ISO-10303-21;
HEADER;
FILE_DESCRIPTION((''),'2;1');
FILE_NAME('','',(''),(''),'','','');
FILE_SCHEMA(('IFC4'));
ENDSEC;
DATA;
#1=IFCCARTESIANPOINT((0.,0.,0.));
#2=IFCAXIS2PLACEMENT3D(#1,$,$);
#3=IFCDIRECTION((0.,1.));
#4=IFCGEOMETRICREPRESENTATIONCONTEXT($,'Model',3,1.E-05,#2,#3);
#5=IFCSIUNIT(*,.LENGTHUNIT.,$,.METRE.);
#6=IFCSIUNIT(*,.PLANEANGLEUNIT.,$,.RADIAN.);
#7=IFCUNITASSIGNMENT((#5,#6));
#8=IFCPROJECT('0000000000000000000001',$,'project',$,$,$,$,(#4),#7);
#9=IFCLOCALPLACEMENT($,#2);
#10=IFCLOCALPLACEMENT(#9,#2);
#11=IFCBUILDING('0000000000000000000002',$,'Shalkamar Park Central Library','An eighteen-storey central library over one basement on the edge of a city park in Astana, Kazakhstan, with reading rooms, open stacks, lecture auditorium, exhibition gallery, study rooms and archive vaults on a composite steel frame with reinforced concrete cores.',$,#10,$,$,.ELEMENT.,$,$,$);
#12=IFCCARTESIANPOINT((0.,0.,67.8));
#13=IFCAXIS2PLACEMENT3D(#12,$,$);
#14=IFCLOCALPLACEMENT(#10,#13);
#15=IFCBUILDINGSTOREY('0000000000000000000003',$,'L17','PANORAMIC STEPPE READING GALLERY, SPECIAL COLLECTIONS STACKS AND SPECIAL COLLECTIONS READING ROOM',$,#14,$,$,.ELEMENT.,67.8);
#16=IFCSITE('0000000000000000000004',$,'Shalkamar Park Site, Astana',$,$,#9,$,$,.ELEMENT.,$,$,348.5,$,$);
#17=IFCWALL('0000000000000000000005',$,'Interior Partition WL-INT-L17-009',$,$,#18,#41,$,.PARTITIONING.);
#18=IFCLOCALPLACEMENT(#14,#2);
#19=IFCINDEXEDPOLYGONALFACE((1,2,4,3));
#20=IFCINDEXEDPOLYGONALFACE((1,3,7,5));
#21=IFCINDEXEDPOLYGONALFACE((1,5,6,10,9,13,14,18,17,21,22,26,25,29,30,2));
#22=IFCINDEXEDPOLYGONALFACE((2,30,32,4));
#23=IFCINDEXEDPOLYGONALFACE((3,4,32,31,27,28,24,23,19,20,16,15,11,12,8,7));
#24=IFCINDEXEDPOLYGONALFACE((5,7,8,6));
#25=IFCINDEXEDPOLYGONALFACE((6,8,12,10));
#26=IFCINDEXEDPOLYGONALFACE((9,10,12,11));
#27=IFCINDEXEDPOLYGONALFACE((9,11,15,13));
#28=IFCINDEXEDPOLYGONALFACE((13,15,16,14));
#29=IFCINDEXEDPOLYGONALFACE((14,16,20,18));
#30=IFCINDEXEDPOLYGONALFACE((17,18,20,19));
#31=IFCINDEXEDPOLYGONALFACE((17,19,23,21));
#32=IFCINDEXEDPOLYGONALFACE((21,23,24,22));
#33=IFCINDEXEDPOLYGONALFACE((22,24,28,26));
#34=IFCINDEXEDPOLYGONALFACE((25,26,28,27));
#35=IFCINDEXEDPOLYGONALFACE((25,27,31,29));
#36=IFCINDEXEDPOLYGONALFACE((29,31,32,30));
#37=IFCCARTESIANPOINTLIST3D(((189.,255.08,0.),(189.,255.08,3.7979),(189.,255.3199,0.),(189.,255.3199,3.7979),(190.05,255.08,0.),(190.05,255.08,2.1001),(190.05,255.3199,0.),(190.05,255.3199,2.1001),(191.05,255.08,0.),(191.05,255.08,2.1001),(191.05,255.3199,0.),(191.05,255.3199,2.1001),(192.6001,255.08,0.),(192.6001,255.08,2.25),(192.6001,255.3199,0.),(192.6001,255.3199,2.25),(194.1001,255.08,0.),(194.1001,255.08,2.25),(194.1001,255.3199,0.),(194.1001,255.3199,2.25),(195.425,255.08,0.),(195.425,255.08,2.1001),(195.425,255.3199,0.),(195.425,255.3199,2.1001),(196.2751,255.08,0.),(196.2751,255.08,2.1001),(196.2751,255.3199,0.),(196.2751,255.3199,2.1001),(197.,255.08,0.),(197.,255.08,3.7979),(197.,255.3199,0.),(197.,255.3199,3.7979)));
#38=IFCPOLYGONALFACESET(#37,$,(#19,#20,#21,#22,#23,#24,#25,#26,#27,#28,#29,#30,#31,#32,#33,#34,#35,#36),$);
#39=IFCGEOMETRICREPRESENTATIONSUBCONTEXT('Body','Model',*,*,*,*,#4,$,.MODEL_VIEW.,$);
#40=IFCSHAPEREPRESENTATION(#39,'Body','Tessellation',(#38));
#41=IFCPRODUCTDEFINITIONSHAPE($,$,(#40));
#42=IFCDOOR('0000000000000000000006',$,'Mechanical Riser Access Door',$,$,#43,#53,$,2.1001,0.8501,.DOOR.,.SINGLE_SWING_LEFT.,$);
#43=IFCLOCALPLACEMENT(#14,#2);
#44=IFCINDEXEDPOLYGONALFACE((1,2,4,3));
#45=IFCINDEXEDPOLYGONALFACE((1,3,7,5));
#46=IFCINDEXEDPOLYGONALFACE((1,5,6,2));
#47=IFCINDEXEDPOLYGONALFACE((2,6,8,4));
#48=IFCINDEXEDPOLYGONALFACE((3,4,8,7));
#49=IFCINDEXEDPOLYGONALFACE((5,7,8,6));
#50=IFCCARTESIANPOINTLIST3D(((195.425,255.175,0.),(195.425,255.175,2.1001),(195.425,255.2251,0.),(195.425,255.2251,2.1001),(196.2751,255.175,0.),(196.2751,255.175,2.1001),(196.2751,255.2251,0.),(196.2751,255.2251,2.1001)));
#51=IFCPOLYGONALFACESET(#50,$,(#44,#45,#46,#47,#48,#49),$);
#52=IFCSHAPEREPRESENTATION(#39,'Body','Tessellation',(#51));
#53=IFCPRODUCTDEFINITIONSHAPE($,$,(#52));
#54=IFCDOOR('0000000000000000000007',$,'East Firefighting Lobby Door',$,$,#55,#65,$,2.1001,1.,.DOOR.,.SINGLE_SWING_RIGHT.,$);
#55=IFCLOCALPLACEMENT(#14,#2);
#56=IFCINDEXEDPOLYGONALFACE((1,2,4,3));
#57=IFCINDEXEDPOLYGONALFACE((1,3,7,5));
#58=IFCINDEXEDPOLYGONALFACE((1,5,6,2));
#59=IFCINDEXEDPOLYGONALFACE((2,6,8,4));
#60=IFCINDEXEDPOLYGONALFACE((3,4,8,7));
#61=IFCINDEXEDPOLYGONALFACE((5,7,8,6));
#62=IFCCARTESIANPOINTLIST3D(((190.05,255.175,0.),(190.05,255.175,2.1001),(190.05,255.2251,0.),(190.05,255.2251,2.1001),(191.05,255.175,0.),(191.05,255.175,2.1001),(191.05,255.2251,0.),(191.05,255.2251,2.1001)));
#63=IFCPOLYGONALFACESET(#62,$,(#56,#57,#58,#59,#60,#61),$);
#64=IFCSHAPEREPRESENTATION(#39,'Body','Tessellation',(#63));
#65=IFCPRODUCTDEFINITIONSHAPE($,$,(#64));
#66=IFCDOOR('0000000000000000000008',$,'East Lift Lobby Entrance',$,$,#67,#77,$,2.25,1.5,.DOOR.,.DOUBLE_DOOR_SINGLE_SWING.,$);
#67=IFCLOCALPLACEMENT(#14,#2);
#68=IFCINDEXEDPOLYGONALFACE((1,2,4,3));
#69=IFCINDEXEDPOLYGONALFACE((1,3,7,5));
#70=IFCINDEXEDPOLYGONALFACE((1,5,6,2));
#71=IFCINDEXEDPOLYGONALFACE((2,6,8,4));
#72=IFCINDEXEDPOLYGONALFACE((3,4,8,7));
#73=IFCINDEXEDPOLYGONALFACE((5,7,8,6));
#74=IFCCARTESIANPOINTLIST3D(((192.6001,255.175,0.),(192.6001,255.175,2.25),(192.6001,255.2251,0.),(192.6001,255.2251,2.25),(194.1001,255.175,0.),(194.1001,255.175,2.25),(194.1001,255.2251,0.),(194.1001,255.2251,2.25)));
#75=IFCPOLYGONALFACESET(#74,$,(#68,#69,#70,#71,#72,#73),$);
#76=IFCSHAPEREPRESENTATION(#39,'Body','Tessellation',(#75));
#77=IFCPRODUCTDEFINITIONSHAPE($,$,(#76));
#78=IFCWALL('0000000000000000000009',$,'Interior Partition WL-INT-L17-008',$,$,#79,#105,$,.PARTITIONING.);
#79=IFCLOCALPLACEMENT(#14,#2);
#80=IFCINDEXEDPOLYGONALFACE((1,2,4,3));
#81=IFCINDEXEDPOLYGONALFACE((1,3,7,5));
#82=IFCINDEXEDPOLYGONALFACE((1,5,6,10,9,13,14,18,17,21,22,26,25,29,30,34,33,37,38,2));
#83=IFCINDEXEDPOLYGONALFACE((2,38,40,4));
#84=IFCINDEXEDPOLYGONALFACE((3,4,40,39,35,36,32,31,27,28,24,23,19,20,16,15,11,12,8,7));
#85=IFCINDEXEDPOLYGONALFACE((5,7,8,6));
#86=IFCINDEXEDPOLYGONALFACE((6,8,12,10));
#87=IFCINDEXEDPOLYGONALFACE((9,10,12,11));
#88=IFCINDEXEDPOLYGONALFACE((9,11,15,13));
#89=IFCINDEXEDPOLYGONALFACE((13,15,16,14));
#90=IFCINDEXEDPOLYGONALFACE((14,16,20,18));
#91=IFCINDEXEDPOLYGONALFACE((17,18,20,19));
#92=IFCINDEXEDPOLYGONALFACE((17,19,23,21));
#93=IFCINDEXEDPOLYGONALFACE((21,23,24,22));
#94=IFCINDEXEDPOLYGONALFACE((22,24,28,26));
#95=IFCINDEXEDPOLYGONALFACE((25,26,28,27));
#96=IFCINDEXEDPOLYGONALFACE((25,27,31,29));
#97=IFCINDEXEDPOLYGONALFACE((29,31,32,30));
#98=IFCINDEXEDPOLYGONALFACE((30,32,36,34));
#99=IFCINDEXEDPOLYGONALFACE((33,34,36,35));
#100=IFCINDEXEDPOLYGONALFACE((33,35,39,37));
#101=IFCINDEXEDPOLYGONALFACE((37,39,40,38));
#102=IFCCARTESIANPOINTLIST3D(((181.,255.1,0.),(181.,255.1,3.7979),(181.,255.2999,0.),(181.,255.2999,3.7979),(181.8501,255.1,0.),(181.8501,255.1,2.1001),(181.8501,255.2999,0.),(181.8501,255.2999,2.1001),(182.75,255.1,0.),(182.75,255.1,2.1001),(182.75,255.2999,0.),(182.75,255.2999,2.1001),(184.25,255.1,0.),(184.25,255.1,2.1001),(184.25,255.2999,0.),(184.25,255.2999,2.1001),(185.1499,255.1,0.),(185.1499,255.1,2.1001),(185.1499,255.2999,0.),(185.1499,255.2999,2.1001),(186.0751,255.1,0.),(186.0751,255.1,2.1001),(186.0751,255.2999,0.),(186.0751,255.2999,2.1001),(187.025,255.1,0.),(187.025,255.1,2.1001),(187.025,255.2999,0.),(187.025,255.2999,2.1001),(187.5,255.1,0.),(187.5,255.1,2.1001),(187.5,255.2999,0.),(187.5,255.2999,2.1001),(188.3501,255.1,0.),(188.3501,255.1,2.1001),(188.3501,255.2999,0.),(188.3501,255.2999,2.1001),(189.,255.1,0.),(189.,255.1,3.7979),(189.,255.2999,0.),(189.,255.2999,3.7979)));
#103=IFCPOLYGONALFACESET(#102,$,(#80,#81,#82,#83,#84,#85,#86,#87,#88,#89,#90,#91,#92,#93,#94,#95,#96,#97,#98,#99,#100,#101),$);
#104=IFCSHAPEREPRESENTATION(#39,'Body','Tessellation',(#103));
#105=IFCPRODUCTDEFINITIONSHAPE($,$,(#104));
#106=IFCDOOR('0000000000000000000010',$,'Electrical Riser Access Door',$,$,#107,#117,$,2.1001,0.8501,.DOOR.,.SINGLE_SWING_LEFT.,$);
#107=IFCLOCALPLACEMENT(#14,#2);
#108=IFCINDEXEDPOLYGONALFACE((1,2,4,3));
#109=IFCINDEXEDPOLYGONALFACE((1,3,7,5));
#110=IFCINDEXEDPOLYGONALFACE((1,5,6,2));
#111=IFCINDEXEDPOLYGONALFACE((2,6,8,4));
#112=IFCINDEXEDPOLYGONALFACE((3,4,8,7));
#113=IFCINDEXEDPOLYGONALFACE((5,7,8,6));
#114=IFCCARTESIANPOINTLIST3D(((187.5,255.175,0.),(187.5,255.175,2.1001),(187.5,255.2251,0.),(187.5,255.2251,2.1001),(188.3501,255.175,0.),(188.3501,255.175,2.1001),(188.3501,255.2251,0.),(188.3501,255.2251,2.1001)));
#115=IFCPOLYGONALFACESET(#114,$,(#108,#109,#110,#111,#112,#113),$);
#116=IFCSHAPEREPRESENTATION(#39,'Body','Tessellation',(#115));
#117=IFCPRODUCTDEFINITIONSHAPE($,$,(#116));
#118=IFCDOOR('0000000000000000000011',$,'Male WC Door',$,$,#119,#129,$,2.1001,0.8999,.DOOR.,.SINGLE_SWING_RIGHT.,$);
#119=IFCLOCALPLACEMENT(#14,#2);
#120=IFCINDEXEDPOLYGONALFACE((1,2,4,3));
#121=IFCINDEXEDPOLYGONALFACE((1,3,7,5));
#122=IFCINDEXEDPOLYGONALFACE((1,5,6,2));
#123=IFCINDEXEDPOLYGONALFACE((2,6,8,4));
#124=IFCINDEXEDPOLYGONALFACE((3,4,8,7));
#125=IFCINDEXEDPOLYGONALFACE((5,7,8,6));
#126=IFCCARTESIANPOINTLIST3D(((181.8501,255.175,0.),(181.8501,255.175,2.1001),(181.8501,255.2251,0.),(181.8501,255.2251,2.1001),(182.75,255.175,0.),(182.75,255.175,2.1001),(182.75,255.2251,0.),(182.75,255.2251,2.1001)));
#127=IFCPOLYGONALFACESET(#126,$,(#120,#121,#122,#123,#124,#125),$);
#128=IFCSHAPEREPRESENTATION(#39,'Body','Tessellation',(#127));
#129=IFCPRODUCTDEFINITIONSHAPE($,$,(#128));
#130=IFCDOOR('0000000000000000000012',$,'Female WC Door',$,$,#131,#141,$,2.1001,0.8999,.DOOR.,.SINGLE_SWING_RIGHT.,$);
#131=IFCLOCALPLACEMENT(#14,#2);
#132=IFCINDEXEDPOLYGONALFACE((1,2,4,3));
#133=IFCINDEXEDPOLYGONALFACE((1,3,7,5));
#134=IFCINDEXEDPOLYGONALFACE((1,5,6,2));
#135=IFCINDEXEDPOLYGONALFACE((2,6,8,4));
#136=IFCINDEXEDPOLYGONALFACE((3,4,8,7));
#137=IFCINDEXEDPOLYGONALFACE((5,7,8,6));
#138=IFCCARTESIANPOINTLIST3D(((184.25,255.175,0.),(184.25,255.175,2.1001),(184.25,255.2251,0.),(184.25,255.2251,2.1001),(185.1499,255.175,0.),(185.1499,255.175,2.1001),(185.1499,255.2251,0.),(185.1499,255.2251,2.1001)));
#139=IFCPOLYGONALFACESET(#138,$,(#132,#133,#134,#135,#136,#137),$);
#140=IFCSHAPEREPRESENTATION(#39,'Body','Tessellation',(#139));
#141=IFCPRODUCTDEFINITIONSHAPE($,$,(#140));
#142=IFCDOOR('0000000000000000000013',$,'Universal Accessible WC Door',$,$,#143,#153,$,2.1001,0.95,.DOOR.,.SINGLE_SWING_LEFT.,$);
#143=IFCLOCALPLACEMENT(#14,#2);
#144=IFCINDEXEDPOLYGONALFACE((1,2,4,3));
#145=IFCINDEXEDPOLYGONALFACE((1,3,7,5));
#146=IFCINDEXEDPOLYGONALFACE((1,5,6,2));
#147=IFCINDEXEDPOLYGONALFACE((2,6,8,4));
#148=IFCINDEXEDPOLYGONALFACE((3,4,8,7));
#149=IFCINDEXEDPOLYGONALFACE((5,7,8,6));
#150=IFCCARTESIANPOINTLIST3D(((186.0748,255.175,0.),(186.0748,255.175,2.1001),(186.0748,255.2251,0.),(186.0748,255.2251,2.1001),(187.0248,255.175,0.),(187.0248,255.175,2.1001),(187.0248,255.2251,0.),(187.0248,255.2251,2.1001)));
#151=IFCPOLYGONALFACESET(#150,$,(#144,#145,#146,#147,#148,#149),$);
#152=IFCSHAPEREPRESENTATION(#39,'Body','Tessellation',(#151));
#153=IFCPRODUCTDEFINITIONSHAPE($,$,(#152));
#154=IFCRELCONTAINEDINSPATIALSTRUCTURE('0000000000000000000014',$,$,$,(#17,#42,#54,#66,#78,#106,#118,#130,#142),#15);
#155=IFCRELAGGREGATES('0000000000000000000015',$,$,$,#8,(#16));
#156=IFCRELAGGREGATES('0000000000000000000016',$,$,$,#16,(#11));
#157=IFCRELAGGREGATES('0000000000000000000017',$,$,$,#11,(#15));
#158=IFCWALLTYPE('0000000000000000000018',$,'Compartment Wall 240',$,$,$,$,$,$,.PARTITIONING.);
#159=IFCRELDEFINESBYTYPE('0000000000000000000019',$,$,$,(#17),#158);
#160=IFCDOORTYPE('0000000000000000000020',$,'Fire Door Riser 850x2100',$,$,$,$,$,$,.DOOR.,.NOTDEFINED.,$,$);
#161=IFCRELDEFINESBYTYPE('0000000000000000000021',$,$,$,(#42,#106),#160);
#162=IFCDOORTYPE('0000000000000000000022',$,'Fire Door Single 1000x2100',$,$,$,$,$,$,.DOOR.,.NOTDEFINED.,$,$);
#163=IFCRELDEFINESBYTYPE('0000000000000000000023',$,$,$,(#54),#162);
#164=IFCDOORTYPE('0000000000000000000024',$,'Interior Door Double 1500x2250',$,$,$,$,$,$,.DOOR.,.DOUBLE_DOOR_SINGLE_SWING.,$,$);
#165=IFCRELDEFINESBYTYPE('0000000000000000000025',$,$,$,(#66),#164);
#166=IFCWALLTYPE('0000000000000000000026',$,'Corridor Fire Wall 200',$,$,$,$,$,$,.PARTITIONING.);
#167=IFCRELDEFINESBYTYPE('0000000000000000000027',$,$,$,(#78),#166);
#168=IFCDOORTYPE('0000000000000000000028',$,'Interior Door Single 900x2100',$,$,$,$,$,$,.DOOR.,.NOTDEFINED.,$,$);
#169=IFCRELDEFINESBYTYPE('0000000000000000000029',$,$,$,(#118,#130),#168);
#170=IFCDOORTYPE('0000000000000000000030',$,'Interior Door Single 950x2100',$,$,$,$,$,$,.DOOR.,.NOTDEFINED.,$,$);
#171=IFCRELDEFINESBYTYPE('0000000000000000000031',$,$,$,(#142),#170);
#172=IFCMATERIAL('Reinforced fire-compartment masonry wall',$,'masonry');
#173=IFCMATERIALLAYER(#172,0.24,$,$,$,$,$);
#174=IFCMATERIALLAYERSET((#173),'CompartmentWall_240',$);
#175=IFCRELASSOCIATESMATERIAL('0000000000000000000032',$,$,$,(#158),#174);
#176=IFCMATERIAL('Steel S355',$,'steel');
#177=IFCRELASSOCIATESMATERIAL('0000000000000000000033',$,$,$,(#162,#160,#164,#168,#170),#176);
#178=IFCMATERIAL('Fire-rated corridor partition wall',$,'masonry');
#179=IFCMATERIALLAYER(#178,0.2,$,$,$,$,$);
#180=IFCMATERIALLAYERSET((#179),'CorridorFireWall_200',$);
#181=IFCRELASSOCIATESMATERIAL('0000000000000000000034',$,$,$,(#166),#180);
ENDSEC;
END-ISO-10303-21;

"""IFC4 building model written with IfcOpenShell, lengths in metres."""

from ifc_helpers import new_model, si_unit, direction, frame, frame_2d, origin, place, context, subcontext, project, spatial, rectangle, extrude, material, layer, layer_set, type_object, element, fill, save


model = new_model("IFC4")

# Units and contexts
model_context = context("Model", 3, precision=1e-05, world=origin(), true_north=direction((0.0, 1.0)))
body_context = subcontext(model_context, "Body", "Model", "MODEL_VIEW")
ifc_project = project(units=[si_unit("LENGTHUNIT", "METRE"), si_unit("PLANEANGLEUNIT", "RADIAN")], contexts=[model_context])

# Site, building, storey
site_placement = place(None, origin())
site = spatial("IfcSite", under=ifc_project, at=site_placement, Name="Shalkamar Park Site, Astana", CompositionType="ELEMENT", RefElevation=348.5)
building_placement = place(site_placement, origin())
building = spatial("IfcBuilding", under=site, at=building_placement, Name="Shalkamar Park Central Library", Description="An eighteen-storey central library over one basement on the edge of a city park in Astana, Kazakhstan, with reading rooms, open stacks, lecture auditorium, exhibition gallery, study rooms and archive vaults on a composite steel frame with reinforced concrete cores.", CompositionType="ELEMENT")
storey_placement = place(building_placement, frame((0.0, 0.0, 67.8)))
storey = spatial("IfcBuildingStorey", under=building, at=storey_placement, Name="L17", Description="PANORAMIC STEPPE READING GALLERY, SPECIAL COLLECTIONS STACKS AND SPECIAL COLLECTIONS READING ROOM", CompositionType="ELEMENT", Elevation=67.8)

# Shared definitions
ifc_material_1 = material(Name="Steel S355", Category="steel")

# Walls, openings, doors
ifc_material_2 = material(Name="Reinforced fire-compartment masonry wall", Category="masonry")
ifc_layer_1 = layer(ifc_material_2, 0.24)
ifc_layer_set_1 = layer_set([ifc_layer_1], Name="CompartmentWall_240")
wall_type_1 = type_object("IfcWallType", Name="Compartment Wall 240", PredefinedType="PARTITIONING", material=ifc_layer_set_1)
door_type_1 = type_object("IfcDoorType", Name="Fire Door Single 1000x2100", OperationType="NOTDEFINED", PredefinedType="DOOR", material=ifc_material_1)
wall_1_placement = place(storey_placement, frame((189.0, 255.2, 0.0), z_axis=(0.0, 0.0, 1.0), x_axis=(1.0, 0.0, 0.0)))
wall_1 = element("IfcWall", 1, at=wall_1_placement, inside=storey, type_object=wall_type_1, Name="Interior Partition WL-INT-L17-009", PredefinedType="PARTITIONING", context=body_context, shape_type="SweptSolid", body=[
    extrude(rectangle(XDim=8.0, YDim=0.24, at=frame_2d((4.0, 0.0))), origin(), (0.0, 0.0, 1.0), 3.7979),
])
opening_1_placement = place(wall_1_placement, frame((1.05, 0.0, 0.0)))
opening_1 = element("IfcOpeningElement", 2, at=opening_1_placement, cuts=wall_1, PredefinedType="OPENING", context=body_context, shape_type="SweptSolid", body=[
    extrude(rectangle(XDim=1.0, YDim=2.1001, at=frame_2d((0.5, 1.05))), frame((0.0, 0.1348, 0.0), z_axis=(0.0, -1.0, 0.0), x_axis=(1.0, 0.0, 0.0)), (0.0, 0.0, 1.0), 0.2698),
])
opening_2_placement = place(wall_1_placement, frame((3.6001, 0.0, 0.0)))
opening_2 = element("IfcOpeningElement", 3, at=opening_2_placement, cuts=wall_1, PredefinedType="OPENING", context=body_context, shape_type="SweptSolid", body=[
    extrude(rectangle(XDim=1.5, YDim=2.25, at=frame_2d((0.75, 1.125))), frame((0.0, 0.1348, 0.0), z_axis=(0.0, -1.0, 0.0), x_axis=(1.0, 0.0, 0.0)), (0.0, 0.0, 1.0), 0.2698),
])
opening_3_placement = place(wall_1_placement, frame((6.425, 0.0, 0.0)))
opening_3 = element("IfcOpeningElement", 4, at=opening_3_placement, cuts=wall_1, PredefinedType="OPENING", context=body_context, shape_type="SweptSolid", body=[
    extrude(rectangle(XDim=0.8501, YDim=2.1001, at=frame_2d((0.425, 1.05))), frame((0.0, 0.1348, 0.0), z_axis=(0.0, -1.0, 0.0), x_axis=(1.0, 0.0, 0.0)), (0.0, 0.0, 1.0), 0.2698),
])
door_type_2 = type_object("IfcDoorType", Name="Fire Door Riser 850x2100", OperationType="NOTDEFINED", PredefinedType="DOOR", material=ifc_material_1)
door_1_placement = place(opening_3_placement, frame((0.8501, 0.0, 0.0), z_axis=(0.0, 0.0, 1.0), x_axis=(-1.0, 0.0, 0.0)))
door_1 = element("IfcDoor", 5, at=door_1_placement, inside=storey, type_object=door_type_2, Name="Mechanical Riser Access Door", OperationType="SINGLE_SWING_LEFT", OverallHeight=2.1001, OverallWidth=0.8501, PredefinedType="DOOR", context=body_context, shape_type="SweptSolid", body=[
    extrude(rectangle(XDim=0.8501, YDim=2.1001, at=frame_2d((0.425, 1.05))), frame((0.0, 0.0249, 0.0), z_axis=(0.0, -1.0, 0.0), x_axis=(1.0, 0.0, 0.0)), (0.0, 0.0, 1.0), 0.05),
])
fill(opening_3, door_1)
door_2_placement = place(opening_1_placement, frame((1.0, 0.0, 0.0), z_axis=(0.0, 0.0, 1.0), x_axis=(-1.0, 0.0, 0.0)))
door_2 = element("IfcDoor", 6, at=door_2_placement, inside=storey, type_object=door_type_1, Name="East Firefighting Lobby Door", OperationType="SINGLE_SWING_RIGHT", OverallHeight=2.1001, OverallWidth=1.0, PredefinedType="DOOR", context=body_context, shape_type="SweptSolid", body=[
    extrude(rectangle(XDim=1.0, YDim=2.1001, at=frame_2d((0.5, 1.05))), frame((0.0, 0.0249, 0.0), z_axis=(0.0, -1.0, 0.0), x_axis=(1.0, 0.0, 0.0)), (0.0, 0.0, 1.0), 0.05),
])
fill(opening_1, door_2)
door_type_3 = type_object("IfcDoorType", Name="Interior Door Double 1500x2250", OperationType="DOUBLE_DOOR_SINGLE_SWING", PredefinedType="DOOR", material=ifc_material_1)
door_3_placement = place(opening_2_placement, frame((1.5, 0.0, 0.0), z_axis=(0.0, 0.0, 1.0), x_axis=(-1.0, 0.0, 0.0)))
door_3 = element("IfcDoor", 7, at=door_3_placement, inside=storey, type_object=door_type_3, Name="East Lift Lobby Entrance", OperationType="DOUBLE_DOOR_SINGLE_SWING", OverallHeight=2.25, OverallWidth=1.5, PredefinedType="DOOR", context=body_context, shape_type="SweptSolid", body=[
    extrude(rectangle(XDim=1.5, YDim=2.25, at=frame_2d((0.75, 1.125))), frame((0.0, 0.0249, 0.0), z_axis=(0.0, -1.0, 0.0), x_axis=(1.0, 0.0, 0.0)), (0.0, 0.0, 1.0), 0.05),
])
fill(opening_2, door_3)
ifc_material_3 = material(Name="Fire-rated corridor partition wall", Category="masonry")
ifc_layer_2 = layer(ifc_material_3, 0.2)
ifc_layer_set_2 = layer_set([ifc_layer_2], Name="CorridorFireWall_200")
wall_type_2 = type_object("IfcWallType", Name="Corridor Fire Wall 200", PredefinedType="PARTITIONING", material=ifc_layer_set_2)
wall_2_placement = place(storey_placement, frame((181.0, 255.2, 0.0), z_axis=(0.0, 0.0, 1.0), x_axis=(1.0, 0.0, 0.0)))
wall_2 = element("IfcWall", 8, at=wall_2_placement, inside=storey, type_object=wall_type_2, Name="Interior Partition WL-INT-L17-008", PredefinedType="PARTITIONING", context=body_context, shape_type="SweptSolid", body=[
    extrude(rectangle(XDim=8.0, YDim=0.2, at=frame_2d((4.0, 0.0))), origin(), (0.0, 0.0, 1.0), 3.7979),
])
opening_4_placement = place(wall_2_placement, frame((0.8501, 0.0, 0.0)))
opening_4 = element("IfcOpeningElement", 9, at=opening_4_placement, cuts=wall_2, PredefinedType="OPENING", context=body_context, shape_type="SweptSolid", body=[
    extrude(rectangle(XDim=0.8999, YDim=2.1001, at=frame_2d((0.45, 1.05))), frame((0.0, 0.1147, 0.0), z_axis=(0.0, -1.0, 0.0), x_axis=(1.0, 0.0, 0.0)), (0.0, 0.0, 1.0), 0.2297),
])
opening_5_placement = place(wall_2_placement, frame((3.25, 0.0, 0.0)))
opening_5 = element("IfcOpeningElement", 10, at=opening_5_placement, cuts=wall_2, PredefinedType="OPENING", context=body_context, shape_type="SweptSolid", body=[
    extrude(rectangle(XDim=0.8999, YDim=2.1001, at=frame_2d((0.45, 1.05))), frame((0.0, 0.1147, 0.0), z_axis=(0.0, -1.0, 0.0), x_axis=(1.0, 0.0, 0.0)), (0.0, 0.0, 1.0), 0.2297),
])
opening_6_placement = place(wall_2_placement, frame((5.075, 0.0, 0.0)))
opening_6 = element("IfcOpeningElement", 11, at=opening_6_placement, cuts=wall_2, PredefinedType="OPENING", context=body_context, shape_type="SweptSolid", body=[
    extrude(rectangle(XDim=0.95, YDim=2.1001, at=frame_2d((0.4751, 1.05))), frame((0.0, 0.1147, 0.0), z_axis=(0.0, -1.0, 0.0), x_axis=(1.0, 0.0, 0.0)), (0.0, 0.0, 1.0), 0.2297),
])
opening_7_placement = place(wall_2_placement, frame((6.5, 0.0, 0.0)))
opening_7 = element("IfcOpeningElement", 12, at=opening_7_placement, cuts=wall_2, PredefinedType="OPENING", context=body_context, shape_type="SweptSolid", body=[
    extrude(rectangle(XDim=0.8501, YDim=2.1001, at=frame_2d((0.425, 1.05))), frame((0.0, 0.1147, 0.0), z_axis=(0.0, -1.0, 0.0), x_axis=(1.0, 0.0, 0.0)), (0.0, 0.0, 1.0), 0.2297),
])
door_4_placement = place(opening_7_placement, frame((0.8501, 0.0, 0.0), z_axis=(0.0, 0.0, 1.0), x_axis=(-1.0, 0.0, 0.0)))
door_4 = element("IfcDoor", 13, at=door_4_placement, inside=storey, type_object=door_type_2, Name="Electrical Riser Access Door", OperationType="SINGLE_SWING_LEFT", OverallHeight=2.1001, OverallWidth=0.8501, PredefinedType="DOOR", context=body_context, shape_type="SweptSolid", body=[
    extrude(rectangle(XDim=0.8501, YDim=2.1001, at=frame_2d((0.425, 1.05))), frame((0.0, 0.0249, 0.0), z_axis=(0.0, -1.0, 0.0), x_axis=(1.0, 0.0, 0.0)), (0.0, 0.0, 1.0), 0.05),
])
fill(opening_7, door_4)
door_type_4 = type_object("IfcDoorType", Name="Interior Door Single 900x2100", OperationType="NOTDEFINED", PredefinedType="DOOR", material=ifc_material_1)
door_5_placement = place(opening_4_placement, frame((0.8999, 0.0, 0.0), z_axis=(0.0, 0.0, 1.0), x_axis=(-1.0, 0.0, 0.0)))
door_5 = element("IfcDoor", 14, at=door_5_placement, inside=storey, type_object=door_type_4, Name="Male WC Door", OperationType="SINGLE_SWING_RIGHT", OverallHeight=2.1001, OverallWidth=0.8999, PredefinedType="DOOR", context=body_context, shape_type="SweptSolid", body=[
    extrude(rectangle(XDim=0.8999, YDim=2.1001, at=frame_2d((0.45, 1.05))), frame((0.0, 0.0249, 0.0), z_axis=(0.0, -1.0, 0.0), x_axis=(1.0, 0.0, 0.0)), (0.0, 0.0, 1.0), 0.05),
])
fill(opening_4, door_5)
door_6_placement = place(opening_5_placement, frame((0.8999, 0.0, 0.0), z_axis=(0.0, 0.0, 1.0), x_axis=(-1.0, 0.0, 0.0)))
door_6 = element("IfcDoor", 15, at=door_6_placement, inside=storey, type_object=door_type_4, Name="Female WC Door", OperationType="SINGLE_SWING_RIGHT", OverallHeight=2.1001, OverallWidth=0.8999, PredefinedType="DOOR", context=body_context, shape_type="SweptSolid", body=[
    extrude(rectangle(XDim=0.8999, YDim=2.1001, at=frame_2d((0.45, 1.05))), frame((0.0, 0.0249, 0.0), z_axis=(0.0, -1.0, 0.0), x_axis=(1.0, 0.0, 0.0)), (0.0, 0.0, 1.0), 0.05),
])
fill(opening_5, door_6)
door_type_5 = type_object("IfcDoorType", Name="Interior Door Single 950x2100", OperationType="NOTDEFINED", PredefinedType="DOOR", material=ifc_material_1)
door_7_placement = place(opening_6_placement, frame((0.95, 0.0, 0.0), z_axis=(0.0, 0.0, 1.0), x_axis=(-1.0, 0.0, 0.0)))
door_7 = element("IfcDoor", 16, at=door_7_placement, inside=storey, type_object=door_type_5, Name="Universal Accessible WC Door", OperationType="SINGLE_SWING_LEFT", OverallHeight=2.1001, OverallWidth=0.95, PredefinedType="DOOR", context=body_context, shape_type="SweptSolid", body=[
    extrude(rectangle(XDim=0.95, YDim=2.1001, at=frame_2d((0.4751, 1.05))), frame((0.0, 0.0249, 0.0), z_axis=(0.0, -1.0, 0.0), x_axis=(1.0, 0.0, 0.0)), (0.0, 0.0, 1.0), 0.05),
])
fill(opening_6, door_7)

save(model, "model.ifc")
